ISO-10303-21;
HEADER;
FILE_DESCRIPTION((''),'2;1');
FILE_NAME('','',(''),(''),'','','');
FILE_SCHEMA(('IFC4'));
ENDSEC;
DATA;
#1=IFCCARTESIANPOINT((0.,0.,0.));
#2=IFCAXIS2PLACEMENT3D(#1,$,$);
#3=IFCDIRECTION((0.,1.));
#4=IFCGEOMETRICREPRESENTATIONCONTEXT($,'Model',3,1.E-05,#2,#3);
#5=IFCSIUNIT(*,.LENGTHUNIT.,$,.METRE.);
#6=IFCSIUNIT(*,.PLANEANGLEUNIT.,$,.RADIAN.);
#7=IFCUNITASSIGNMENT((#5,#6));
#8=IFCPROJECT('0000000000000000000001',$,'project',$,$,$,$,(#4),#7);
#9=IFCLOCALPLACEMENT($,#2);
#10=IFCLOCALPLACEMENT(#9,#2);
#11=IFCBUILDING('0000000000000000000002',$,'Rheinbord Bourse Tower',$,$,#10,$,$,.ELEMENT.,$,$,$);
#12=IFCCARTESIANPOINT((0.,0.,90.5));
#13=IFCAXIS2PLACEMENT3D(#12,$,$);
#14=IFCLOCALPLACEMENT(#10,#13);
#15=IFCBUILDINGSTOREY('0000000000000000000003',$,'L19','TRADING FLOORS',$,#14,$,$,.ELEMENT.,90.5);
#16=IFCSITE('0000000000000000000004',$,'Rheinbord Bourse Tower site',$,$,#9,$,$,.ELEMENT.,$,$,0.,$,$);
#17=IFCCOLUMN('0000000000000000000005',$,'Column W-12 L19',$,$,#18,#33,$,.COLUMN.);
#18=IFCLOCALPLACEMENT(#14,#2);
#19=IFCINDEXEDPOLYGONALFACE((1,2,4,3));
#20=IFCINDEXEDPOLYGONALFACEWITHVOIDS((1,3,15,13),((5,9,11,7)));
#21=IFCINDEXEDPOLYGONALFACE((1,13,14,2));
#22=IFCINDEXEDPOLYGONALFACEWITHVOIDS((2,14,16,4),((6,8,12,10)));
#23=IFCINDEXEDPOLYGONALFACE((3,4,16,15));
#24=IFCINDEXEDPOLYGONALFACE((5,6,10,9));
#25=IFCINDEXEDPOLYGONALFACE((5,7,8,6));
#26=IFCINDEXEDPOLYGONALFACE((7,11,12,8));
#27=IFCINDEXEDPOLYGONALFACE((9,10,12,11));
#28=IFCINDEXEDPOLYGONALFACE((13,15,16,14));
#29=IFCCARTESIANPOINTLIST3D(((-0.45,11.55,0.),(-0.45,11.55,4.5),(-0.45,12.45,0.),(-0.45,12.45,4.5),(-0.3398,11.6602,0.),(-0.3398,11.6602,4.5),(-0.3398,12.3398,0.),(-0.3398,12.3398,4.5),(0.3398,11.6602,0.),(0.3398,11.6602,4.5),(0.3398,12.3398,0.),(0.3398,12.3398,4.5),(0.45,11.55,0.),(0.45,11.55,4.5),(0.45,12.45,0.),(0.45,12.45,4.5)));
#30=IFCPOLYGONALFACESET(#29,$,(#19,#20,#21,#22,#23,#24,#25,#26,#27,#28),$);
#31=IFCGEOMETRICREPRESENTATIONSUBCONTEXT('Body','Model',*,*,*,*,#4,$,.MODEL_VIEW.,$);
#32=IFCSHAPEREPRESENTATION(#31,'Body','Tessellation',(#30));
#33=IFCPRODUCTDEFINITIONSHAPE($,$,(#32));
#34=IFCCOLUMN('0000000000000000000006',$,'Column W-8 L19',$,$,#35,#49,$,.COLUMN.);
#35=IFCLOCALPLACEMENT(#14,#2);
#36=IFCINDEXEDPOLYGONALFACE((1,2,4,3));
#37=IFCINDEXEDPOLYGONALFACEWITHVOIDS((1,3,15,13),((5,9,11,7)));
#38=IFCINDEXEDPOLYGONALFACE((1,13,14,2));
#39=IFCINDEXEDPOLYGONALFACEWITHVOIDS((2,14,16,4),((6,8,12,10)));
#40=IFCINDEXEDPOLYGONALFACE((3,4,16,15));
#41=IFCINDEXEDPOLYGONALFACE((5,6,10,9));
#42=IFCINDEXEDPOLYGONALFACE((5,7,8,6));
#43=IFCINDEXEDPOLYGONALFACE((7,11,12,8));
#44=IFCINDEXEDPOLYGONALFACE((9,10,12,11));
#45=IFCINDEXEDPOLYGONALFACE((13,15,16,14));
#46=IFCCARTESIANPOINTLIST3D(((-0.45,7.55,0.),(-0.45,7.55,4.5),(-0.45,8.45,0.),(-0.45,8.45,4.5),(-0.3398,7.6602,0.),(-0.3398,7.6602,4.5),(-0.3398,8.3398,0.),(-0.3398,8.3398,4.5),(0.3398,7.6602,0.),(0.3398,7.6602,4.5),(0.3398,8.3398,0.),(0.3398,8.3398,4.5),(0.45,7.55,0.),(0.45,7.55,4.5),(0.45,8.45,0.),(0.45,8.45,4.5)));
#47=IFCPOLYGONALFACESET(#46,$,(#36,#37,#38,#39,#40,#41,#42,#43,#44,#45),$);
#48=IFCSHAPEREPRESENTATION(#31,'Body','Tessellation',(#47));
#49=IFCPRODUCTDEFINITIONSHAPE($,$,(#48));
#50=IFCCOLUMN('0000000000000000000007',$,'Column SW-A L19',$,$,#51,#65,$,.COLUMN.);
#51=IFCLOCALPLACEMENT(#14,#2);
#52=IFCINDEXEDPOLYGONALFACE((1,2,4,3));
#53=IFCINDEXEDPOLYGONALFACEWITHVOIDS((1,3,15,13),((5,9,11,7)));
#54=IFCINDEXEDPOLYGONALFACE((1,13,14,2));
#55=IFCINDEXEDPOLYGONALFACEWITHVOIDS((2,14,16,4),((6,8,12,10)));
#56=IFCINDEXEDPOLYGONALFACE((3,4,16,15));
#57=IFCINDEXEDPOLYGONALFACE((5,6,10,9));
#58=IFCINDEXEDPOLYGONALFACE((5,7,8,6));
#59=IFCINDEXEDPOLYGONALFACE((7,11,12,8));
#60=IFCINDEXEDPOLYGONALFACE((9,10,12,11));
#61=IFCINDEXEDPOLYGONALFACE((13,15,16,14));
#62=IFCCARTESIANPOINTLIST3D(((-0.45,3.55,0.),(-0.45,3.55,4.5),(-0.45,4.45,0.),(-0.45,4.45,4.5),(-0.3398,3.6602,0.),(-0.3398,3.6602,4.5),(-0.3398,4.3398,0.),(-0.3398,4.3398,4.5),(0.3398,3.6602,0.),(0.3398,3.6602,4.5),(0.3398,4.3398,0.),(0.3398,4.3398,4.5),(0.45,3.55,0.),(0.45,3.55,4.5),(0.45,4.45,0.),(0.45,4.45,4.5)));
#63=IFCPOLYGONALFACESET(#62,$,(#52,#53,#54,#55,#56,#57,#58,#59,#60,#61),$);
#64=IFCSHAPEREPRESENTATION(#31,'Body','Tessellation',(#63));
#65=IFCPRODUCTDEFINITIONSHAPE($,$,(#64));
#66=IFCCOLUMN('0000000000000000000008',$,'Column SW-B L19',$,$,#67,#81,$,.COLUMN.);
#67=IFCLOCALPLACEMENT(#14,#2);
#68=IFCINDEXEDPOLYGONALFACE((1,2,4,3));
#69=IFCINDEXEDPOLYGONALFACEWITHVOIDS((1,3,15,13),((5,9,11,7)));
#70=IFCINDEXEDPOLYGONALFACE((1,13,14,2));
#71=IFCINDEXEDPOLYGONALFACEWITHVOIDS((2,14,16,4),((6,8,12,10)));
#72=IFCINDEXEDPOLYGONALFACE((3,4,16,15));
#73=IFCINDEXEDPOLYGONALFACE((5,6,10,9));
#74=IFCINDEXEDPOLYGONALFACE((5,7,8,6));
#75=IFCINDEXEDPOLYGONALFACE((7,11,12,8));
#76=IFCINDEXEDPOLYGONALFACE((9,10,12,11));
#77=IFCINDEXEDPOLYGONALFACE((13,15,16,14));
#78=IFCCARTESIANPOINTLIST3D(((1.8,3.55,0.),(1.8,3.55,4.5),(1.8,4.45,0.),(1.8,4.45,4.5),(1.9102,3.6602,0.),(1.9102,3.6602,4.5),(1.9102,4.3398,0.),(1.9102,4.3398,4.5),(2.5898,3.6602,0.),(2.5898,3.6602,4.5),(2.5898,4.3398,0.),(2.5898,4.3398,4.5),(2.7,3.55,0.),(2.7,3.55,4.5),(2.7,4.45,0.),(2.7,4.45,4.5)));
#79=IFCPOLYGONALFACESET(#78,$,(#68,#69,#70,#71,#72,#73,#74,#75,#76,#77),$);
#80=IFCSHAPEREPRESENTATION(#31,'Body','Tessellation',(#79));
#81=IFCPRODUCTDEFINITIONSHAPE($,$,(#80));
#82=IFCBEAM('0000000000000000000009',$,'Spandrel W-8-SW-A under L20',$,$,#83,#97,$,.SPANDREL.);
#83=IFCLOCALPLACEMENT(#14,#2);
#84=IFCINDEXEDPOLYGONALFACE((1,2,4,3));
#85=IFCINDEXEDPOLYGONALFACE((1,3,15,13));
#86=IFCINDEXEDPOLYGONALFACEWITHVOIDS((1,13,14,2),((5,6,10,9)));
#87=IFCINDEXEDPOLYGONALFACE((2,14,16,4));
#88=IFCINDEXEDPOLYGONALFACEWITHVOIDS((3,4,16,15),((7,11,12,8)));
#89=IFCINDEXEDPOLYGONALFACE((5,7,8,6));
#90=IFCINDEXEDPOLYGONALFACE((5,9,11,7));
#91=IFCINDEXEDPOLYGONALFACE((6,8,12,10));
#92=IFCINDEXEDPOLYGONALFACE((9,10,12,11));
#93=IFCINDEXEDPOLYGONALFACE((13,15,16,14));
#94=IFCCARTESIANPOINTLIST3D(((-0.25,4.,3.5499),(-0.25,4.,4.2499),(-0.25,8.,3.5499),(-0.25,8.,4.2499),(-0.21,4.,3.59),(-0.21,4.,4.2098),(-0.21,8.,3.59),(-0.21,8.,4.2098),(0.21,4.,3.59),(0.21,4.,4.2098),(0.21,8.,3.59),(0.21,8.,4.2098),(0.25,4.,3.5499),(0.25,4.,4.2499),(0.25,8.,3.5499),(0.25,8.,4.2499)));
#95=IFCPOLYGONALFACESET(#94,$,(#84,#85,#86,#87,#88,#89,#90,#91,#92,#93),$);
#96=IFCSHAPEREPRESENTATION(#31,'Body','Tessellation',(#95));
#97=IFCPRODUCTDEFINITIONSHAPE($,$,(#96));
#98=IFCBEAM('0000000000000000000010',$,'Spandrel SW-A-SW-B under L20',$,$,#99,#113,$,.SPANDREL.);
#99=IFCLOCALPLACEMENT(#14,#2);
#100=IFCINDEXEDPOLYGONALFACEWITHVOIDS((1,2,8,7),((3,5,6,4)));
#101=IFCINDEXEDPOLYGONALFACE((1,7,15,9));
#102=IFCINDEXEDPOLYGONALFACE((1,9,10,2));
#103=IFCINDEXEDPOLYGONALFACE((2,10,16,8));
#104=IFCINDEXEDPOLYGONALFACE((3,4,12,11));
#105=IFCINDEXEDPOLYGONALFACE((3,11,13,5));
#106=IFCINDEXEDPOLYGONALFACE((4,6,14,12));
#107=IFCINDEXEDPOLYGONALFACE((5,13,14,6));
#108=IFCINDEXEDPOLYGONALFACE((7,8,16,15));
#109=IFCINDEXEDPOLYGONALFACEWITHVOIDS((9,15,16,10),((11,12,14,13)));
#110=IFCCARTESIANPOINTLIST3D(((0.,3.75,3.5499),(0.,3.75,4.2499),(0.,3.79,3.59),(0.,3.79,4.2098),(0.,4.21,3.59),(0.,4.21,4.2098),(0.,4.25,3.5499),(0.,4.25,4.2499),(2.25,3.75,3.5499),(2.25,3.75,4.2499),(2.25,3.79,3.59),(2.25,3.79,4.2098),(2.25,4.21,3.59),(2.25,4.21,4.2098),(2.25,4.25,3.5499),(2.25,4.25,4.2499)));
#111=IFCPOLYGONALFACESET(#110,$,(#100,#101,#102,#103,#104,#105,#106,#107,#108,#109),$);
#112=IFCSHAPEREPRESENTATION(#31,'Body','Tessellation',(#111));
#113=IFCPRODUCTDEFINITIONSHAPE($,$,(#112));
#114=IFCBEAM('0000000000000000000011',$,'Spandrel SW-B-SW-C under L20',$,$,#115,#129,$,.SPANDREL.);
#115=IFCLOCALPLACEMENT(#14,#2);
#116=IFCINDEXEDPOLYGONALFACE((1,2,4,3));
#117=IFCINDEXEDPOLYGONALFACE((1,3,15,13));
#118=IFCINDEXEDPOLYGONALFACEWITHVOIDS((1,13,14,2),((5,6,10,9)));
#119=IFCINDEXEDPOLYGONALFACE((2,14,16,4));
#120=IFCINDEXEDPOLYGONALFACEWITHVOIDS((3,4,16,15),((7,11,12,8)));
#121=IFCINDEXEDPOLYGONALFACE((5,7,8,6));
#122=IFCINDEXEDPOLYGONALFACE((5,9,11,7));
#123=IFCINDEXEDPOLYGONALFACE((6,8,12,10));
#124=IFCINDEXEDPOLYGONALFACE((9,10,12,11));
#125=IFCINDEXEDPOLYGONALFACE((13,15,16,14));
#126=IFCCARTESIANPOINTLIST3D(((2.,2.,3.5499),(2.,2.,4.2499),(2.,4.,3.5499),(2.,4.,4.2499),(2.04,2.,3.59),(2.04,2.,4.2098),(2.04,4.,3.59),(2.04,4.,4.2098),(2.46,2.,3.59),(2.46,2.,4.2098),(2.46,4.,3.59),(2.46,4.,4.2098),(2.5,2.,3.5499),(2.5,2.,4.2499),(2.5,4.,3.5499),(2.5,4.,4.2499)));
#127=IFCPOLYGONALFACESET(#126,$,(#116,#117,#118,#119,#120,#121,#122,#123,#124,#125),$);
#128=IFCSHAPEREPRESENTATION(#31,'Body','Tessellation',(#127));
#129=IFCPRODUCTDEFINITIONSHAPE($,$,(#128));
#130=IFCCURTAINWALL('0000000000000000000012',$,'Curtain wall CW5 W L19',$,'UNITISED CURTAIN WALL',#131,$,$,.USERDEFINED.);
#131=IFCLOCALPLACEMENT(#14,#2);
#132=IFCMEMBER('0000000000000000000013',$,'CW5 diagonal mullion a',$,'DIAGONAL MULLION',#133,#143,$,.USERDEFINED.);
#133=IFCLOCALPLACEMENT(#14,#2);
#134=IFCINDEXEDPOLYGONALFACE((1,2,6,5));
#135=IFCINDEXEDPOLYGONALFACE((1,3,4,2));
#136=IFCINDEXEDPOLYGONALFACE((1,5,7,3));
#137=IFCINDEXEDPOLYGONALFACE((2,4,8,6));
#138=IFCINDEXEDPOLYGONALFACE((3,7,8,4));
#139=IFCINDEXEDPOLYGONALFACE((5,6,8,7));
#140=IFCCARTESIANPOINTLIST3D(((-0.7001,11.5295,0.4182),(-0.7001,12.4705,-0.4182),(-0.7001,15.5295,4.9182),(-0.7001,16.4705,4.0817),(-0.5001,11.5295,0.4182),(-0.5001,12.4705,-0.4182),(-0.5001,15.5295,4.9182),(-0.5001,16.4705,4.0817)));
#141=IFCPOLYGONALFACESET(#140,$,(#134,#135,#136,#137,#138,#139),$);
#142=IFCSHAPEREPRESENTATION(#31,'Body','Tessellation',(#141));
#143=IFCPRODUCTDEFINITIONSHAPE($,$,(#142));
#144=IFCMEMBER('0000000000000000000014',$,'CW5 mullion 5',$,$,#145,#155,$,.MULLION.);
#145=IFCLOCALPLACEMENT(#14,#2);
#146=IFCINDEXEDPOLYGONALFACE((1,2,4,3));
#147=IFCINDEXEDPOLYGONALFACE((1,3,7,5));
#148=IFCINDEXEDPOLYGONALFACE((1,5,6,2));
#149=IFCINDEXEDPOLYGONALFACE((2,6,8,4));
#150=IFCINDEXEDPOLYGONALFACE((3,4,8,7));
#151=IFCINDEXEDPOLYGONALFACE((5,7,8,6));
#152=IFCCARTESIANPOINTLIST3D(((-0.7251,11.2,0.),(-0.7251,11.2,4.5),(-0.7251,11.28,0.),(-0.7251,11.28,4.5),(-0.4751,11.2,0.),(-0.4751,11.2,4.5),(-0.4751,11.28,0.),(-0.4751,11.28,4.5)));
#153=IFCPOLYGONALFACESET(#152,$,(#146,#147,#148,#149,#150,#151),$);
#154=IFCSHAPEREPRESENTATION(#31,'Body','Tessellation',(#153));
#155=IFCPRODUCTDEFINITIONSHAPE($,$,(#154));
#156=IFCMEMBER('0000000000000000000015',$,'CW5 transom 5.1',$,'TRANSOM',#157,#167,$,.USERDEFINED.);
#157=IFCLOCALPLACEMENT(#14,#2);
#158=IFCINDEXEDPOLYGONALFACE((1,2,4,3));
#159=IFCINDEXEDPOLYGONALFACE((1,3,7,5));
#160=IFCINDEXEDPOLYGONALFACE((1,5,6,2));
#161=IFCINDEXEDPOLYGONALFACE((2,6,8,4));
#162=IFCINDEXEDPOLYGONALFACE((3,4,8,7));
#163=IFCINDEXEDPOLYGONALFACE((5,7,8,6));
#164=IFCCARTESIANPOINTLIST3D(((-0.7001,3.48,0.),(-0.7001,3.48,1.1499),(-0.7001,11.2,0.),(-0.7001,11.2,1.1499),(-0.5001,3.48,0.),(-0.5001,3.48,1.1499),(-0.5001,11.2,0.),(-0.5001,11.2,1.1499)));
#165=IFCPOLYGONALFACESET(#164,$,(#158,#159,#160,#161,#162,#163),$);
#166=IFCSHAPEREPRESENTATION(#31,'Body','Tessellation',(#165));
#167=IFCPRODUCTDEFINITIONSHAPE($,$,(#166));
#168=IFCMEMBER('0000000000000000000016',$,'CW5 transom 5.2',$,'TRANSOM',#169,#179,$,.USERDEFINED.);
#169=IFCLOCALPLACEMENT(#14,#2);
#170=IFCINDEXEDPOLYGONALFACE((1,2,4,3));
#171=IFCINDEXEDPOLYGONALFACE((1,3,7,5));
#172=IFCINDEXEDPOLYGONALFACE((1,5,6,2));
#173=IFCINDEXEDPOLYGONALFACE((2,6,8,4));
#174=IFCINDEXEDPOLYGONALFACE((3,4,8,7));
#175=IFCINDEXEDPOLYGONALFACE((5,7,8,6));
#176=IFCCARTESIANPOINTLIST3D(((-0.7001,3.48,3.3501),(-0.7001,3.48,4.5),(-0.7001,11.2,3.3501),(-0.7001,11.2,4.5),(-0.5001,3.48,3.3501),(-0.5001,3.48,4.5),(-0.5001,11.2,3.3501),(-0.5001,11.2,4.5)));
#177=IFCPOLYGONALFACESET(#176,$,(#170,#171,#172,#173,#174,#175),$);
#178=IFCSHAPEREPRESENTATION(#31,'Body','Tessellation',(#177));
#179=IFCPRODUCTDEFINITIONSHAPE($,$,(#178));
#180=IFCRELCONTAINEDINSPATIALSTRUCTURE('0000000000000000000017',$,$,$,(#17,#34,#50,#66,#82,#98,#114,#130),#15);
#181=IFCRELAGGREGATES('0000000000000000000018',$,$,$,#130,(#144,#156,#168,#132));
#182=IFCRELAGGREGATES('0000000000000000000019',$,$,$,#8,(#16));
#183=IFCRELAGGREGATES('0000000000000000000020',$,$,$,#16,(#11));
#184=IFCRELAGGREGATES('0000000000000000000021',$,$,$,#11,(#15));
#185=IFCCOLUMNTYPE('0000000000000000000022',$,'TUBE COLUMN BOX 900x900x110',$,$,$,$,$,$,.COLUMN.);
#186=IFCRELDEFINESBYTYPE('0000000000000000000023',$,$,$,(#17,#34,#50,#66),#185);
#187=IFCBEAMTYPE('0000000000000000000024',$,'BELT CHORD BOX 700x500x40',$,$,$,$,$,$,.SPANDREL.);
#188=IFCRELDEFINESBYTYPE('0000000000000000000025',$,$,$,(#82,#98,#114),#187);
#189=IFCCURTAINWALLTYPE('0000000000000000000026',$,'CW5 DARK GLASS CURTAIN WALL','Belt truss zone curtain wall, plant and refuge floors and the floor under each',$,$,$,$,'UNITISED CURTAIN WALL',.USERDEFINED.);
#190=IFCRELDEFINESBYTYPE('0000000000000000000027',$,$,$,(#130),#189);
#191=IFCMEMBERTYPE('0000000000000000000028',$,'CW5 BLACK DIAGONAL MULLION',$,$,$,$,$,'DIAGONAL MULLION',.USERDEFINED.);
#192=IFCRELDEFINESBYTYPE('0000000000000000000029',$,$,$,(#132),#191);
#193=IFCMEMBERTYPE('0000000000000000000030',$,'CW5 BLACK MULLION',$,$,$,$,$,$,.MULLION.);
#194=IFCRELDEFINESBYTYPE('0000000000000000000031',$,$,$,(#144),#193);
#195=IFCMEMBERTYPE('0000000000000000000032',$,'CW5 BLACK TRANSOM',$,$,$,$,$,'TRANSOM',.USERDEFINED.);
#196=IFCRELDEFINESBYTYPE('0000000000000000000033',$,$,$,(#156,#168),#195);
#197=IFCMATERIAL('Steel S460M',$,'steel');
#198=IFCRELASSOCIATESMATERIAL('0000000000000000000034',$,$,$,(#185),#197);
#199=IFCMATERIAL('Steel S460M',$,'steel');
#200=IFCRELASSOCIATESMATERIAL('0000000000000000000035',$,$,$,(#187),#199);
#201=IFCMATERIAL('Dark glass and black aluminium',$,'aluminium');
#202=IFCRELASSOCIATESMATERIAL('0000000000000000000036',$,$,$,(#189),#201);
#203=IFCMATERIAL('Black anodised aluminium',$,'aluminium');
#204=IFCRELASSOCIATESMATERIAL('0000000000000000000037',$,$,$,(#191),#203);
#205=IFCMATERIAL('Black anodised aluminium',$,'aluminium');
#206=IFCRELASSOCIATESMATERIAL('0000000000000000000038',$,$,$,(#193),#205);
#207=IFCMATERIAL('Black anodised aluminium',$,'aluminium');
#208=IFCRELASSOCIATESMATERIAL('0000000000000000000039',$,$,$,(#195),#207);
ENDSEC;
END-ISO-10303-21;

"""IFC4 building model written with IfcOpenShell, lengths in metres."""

from ifc_helpers import new_model, si_unit, direction, frame, origin, origin_2d, place, context, subcontext, project, spatial, rectangle, hollow_rectangle, extrude, material, material_profile, profile_set, type_object, element, aggregate, save


model = new_model("IFC4")

# Units and contexts
model_context = context("Model", 3, precision=1e-05, world=origin(), true_north=direction((0.0, 1.0)))
body_context = subcontext(model_context, "Body", "Model", "MODEL_VIEW")
ifc_project = project(units=[si_unit("LENGTHUNIT", "METRE"), si_unit("PLANEANGLEUNIT", "RADIAN")], contexts=[model_context])

# Site, building, storey
site_placement = place(None, origin())
site = spatial("IfcSite", under=ifc_project, at=site_placement, Name="Rheinbord Bourse Tower site", CompositionType="ELEMENT", RefElevation=0.0)
building_placement = place(site_placement, origin())
building = spatial("IfcBuilding", under=site, at=building_placement, Name="Rheinbord Bourse Tower", CompositionType="ELEMENT")
storey_placement = place(building_placement, frame((0.0, 0.0, 90.5)))
storey = spatial("IfcBuildingStorey", under=building, at=storey_placement, Name="L19", Description="TRADING FLOORS", CompositionType="ELEMENT", Elevation=90.5)

# Columns
ifc_material_1 = material(Name="Steel S460M", Category="steel")
ifc_material_profile_1 = material_profile(ifc_material_1, hollow_rectangle(XDim=0.8999, YDim=0.8999, WallThickness=0.1101, at=origin_2d()), Name="BOX 900x900x110")
ifc_profile_set_1 = profile_set([ifc_material_profile_1], Name="Steel S460M")
column_type = type_object("IfcColumnType", Name="TUBE COLUMN BOX 900x900x110", PredefinedType="COLUMN", material=ifc_profile_set_1)
for number, where, z_axis, x_axis, name in (
    (1, (0.0, 12.0, 0.0), (0.0, 0.0, 1.0), (1.0, 0.0, 0.0), "Column W-12 L19"),
    (2, (0.0, 8.0, 0.0), (0.0, 0.0, 1.0), (1.0, 0.0, 0.0), "Column W-8 L19"),
    (3, (0.0, 4.0, 0.0), (0.0, 0.0, 1.0), (1.0, 0.0, 0.0), "Column SW-A L19"),
    (4, (2.25, 4.0, 0.0), (0.0, 0.0, 1.0), (1.0, 0.0, 0.0), "Column SW-B L19"),
):
    element("IfcColumn", number, at=place(storey_placement, frame(where, z_axis=z_axis, x_axis=x_axis)), inside=storey, type_object=column_type, Name=name, PredefinedType="COLUMN", context=body_context, shape_type="SweptSolid", body=[
        extrude(hollow_rectangle(XDim=0.8999, YDim=0.8999, WallThickness=0.1101, at=origin_2d()), origin(), (0.0, 0.0, 1.0), 4.5),
    ])

# Beams
ifc_material_2 = material(Name="Steel S460M", Category="steel")
ifc_material_profile_2 = material_profile(ifc_material_2, hollow_rectangle(XDim=0.5, YDim=0.7, WallThickness=0.04, at=origin_2d()), Name="BOX 700x500x40")
ifc_profile_set_2 = profile_set([ifc_material_profile_2], Name="Steel S460M")
beam_type_1 = type_object("IfcBeamType", Name="BELT CHORD BOX 700x500x40", PredefinedType="SPANDREL", material=ifc_profile_set_2)
beam_1_placement = place(storey_placement, frame((0.0, 8.0, 3.8999), z_axis=(0.0, -1.0, 0.0), x_axis=(1.0, 0.0, 0.0)))
element("IfcBeam", 5, at=beam_1_placement, inside=storey, type_object=beam_type_1, Name="Spandrel W-8-SW-A under L20", PredefinedType="SPANDREL", context=body_context, shape_type="SweptSolid", body=[
    extrude(hollow_rectangle(XDim=0.5, YDim=0.7, WallThickness=0.04, at=origin_2d()), origin(), (0.0, 0.0, 1.0), 4.0),
])
beam_2_placement = place(storey_placement, frame((0.0, 4.0, 3.8999), z_axis=(1.0, 0.0, 0.0), x_axis=(0.0, 1.0, 0.0)))
element("IfcBeam", 6, at=beam_2_placement, inside=storey, type_object=beam_type_1, Name="Spandrel SW-A-SW-B under L20", PredefinedType="SPANDREL", context=body_context, shape_type="SweptSolid", body=[
    extrude(hollow_rectangle(XDim=0.5, YDim=0.7, WallThickness=0.04, at=origin_2d()), origin(), (0.0, 0.0, 1.0), 2.25),
])
beam_3_placement = place(storey_placement, frame((2.25, 4.0, 3.8999), z_axis=(0.0, -1.0, 0.0), x_axis=(1.0, 0.0, 0.0)))
element("IfcBeam", 7, at=beam_3_placement, inside=storey, type_object=beam_type_1, Name="Spandrel SW-B-SW-C under L20", PredefinedType="SPANDREL", context=body_context, shape_type="SweptSolid", body=[
    extrude(hollow_rectangle(XDim=0.5, YDim=0.7, WallThickness=0.04, at=origin_2d()), origin(), (0.0, 0.0, 1.0), 2.0),
])

# Curtain wall, members
ifc_material_3 = material(Name="Dark glass and black aluminium", Category="aluminium")
curtain_wall_type = type_object("IfcCurtainWallType", Name="CW5 DARK GLASS CURTAIN WALL", Description="Belt truss zone curtain wall, plant and refuge floors and the floor under each", ElementType="UNITISED CURTAIN WALL", PredefinedType="USERDEFINED", material=ifc_material_3)
curtain_wall_placement = place(storey_placement, origin())
curtain_wall = element("IfcCurtainWall", 8, at=curtain_wall_placement, inside=storey, type_object=curtain_wall_type, Name="Curtain wall CW5 W L19", ObjectType="UNITISED CURTAIN WALL", PredefinedType="USERDEFINED")
ifc_material_4 = material(Name="Black anodised aluminium", Category="aluminium")
ifc_material_profile_3 = material_profile(ifc_material_4, rectangle(XDim=0.2, YDim=1.259, at=origin_2d()), Name="CW5 DIAGONAL MULLION 1259x200")
ifc_profile_set_3 = profile_set([ifc_material_profile_3], Name="Black anodised aluminium")
member_type_1 = type_object("IfcMemberType", Name="CW5 BLACK DIAGONAL MULLION", ElementType="DIAGONAL MULLION", PredefinedType="USERDEFINED", material=ifc_profile_set_3)
member_1_placement = place(storey_placement, frame((-0.6001, 12.0, 0.0), z_axis=(0.0, 0.664364, 0.747409), x_axis=(-1.0, 0.0, 0.0)))
member_1 = element("IfcMember", 9, at=member_1_placement, type_object=member_type_1, Name="CW5 diagonal mullion a", ObjectType="DIAGONAL MULLION", PredefinedType="USERDEFINED", context=body_context, shape_type="SweptSolid", body=[
    extrude(rectangle(XDim=0.2, YDim=1.259, at=origin_2d()), origin(), (0.0, 0.0, 1.0), 6.0208),
])
ifc_material_5 = material(Name="Black anodised aluminium", Category="aluminium")
ifc_material_profile_4 = material_profile(ifc_material_5, rectangle(XDim=0.25, YDim=0.0801, at=origin_2d()), Name="CW5 MULLION 80x250")
ifc_profile_set_4 = profile_set([ifc_material_profile_4], Name="Black anodised aluminium")
member_type_2 = type_object("IfcMemberType", Name="CW5 BLACK MULLION", PredefinedType="MULLION", material=ifc_profile_set_4)
member_2_placement = place(storey_placement, frame((-0.6001, 11.24, 0.0), z_axis=(0.0, 0.0, 1.0), x_axis=(1.0, 0.0, 0.0)))
member_2 = element("IfcMember", 10, at=member_2_placement, type_object=member_type_2, Name="CW5 mullion 5", PredefinedType="MULLION", context=body_context, shape_type="SweptSolid", body=[
    extrude(rectangle(XDim=0.25, YDim=0.0801, at=origin_2d()), origin(), (0.0, 0.0, 1.0), 4.5),
])
ifc_material_6 = material(Name="Black anodised aluminium", Category="aluminium")
ifc_material_profile_5 = material_profile(ifc_material_6, rectangle(XDim=0.2, YDim=1.1499, at=origin_2d()), Name="CW5 TRANSOM 1150x200")
ifc_profile_set_5 = profile_set([ifc_material_profile_5], Name="Black anodised aluminium")
member_type_3 = type_object("IfcMemberType", Name="CW5 BLACK TRANSOM", ElementType="TRANSOM", PredefinedType="USERDEFINED", material=ifc_profile_set_5)
member_3_placement = place(storey_placement, frame((-0.6001, 11.2, 0.575), z_axis=(0.0, -1.0, 0.0), x_axis=(1.0, 0.0, 0.0)))
member_3 = element("IfcMember", 11, at=member_3_placement, type_object=member_type_3, Name="CW5 transom 5.1", ObjectType="TRANSOM", PredefinedType="USERDEFINED", context=body_context, shape_type="SweptSolid", body=[
    extrude(rectangle(XDim=0.2, YDim=1.1499, at=origin_2d()), origin(), (0.0, 0.0, 1.0), 7.72),
])
member_4_placement = place(storey_placement, frame((-0.6001, 11.2, 3.925), z_axis=(0.0, -1.0, 0.0), x_axis=(1.0, 0.0, 0.0)))
member_4 = element("IfcMember", 12, at=member_4_placement, type_object=member_type_3, Name="CW5 transom 5.2", ObjectType="TRANSOM", PredefinedType="USERDEFINED", context=body_context, shape_type="SweptSolid", body=[
    extrude(rectangle(XDim=0.2, YDim=1.1499, at=origin_2d()), origin(), (0.0, 0.0, 1.0), 7.72),
])

aggregate(curtain_wall, [member_2, member_3, member_4, member_1])

save(model, "model.ifc")
